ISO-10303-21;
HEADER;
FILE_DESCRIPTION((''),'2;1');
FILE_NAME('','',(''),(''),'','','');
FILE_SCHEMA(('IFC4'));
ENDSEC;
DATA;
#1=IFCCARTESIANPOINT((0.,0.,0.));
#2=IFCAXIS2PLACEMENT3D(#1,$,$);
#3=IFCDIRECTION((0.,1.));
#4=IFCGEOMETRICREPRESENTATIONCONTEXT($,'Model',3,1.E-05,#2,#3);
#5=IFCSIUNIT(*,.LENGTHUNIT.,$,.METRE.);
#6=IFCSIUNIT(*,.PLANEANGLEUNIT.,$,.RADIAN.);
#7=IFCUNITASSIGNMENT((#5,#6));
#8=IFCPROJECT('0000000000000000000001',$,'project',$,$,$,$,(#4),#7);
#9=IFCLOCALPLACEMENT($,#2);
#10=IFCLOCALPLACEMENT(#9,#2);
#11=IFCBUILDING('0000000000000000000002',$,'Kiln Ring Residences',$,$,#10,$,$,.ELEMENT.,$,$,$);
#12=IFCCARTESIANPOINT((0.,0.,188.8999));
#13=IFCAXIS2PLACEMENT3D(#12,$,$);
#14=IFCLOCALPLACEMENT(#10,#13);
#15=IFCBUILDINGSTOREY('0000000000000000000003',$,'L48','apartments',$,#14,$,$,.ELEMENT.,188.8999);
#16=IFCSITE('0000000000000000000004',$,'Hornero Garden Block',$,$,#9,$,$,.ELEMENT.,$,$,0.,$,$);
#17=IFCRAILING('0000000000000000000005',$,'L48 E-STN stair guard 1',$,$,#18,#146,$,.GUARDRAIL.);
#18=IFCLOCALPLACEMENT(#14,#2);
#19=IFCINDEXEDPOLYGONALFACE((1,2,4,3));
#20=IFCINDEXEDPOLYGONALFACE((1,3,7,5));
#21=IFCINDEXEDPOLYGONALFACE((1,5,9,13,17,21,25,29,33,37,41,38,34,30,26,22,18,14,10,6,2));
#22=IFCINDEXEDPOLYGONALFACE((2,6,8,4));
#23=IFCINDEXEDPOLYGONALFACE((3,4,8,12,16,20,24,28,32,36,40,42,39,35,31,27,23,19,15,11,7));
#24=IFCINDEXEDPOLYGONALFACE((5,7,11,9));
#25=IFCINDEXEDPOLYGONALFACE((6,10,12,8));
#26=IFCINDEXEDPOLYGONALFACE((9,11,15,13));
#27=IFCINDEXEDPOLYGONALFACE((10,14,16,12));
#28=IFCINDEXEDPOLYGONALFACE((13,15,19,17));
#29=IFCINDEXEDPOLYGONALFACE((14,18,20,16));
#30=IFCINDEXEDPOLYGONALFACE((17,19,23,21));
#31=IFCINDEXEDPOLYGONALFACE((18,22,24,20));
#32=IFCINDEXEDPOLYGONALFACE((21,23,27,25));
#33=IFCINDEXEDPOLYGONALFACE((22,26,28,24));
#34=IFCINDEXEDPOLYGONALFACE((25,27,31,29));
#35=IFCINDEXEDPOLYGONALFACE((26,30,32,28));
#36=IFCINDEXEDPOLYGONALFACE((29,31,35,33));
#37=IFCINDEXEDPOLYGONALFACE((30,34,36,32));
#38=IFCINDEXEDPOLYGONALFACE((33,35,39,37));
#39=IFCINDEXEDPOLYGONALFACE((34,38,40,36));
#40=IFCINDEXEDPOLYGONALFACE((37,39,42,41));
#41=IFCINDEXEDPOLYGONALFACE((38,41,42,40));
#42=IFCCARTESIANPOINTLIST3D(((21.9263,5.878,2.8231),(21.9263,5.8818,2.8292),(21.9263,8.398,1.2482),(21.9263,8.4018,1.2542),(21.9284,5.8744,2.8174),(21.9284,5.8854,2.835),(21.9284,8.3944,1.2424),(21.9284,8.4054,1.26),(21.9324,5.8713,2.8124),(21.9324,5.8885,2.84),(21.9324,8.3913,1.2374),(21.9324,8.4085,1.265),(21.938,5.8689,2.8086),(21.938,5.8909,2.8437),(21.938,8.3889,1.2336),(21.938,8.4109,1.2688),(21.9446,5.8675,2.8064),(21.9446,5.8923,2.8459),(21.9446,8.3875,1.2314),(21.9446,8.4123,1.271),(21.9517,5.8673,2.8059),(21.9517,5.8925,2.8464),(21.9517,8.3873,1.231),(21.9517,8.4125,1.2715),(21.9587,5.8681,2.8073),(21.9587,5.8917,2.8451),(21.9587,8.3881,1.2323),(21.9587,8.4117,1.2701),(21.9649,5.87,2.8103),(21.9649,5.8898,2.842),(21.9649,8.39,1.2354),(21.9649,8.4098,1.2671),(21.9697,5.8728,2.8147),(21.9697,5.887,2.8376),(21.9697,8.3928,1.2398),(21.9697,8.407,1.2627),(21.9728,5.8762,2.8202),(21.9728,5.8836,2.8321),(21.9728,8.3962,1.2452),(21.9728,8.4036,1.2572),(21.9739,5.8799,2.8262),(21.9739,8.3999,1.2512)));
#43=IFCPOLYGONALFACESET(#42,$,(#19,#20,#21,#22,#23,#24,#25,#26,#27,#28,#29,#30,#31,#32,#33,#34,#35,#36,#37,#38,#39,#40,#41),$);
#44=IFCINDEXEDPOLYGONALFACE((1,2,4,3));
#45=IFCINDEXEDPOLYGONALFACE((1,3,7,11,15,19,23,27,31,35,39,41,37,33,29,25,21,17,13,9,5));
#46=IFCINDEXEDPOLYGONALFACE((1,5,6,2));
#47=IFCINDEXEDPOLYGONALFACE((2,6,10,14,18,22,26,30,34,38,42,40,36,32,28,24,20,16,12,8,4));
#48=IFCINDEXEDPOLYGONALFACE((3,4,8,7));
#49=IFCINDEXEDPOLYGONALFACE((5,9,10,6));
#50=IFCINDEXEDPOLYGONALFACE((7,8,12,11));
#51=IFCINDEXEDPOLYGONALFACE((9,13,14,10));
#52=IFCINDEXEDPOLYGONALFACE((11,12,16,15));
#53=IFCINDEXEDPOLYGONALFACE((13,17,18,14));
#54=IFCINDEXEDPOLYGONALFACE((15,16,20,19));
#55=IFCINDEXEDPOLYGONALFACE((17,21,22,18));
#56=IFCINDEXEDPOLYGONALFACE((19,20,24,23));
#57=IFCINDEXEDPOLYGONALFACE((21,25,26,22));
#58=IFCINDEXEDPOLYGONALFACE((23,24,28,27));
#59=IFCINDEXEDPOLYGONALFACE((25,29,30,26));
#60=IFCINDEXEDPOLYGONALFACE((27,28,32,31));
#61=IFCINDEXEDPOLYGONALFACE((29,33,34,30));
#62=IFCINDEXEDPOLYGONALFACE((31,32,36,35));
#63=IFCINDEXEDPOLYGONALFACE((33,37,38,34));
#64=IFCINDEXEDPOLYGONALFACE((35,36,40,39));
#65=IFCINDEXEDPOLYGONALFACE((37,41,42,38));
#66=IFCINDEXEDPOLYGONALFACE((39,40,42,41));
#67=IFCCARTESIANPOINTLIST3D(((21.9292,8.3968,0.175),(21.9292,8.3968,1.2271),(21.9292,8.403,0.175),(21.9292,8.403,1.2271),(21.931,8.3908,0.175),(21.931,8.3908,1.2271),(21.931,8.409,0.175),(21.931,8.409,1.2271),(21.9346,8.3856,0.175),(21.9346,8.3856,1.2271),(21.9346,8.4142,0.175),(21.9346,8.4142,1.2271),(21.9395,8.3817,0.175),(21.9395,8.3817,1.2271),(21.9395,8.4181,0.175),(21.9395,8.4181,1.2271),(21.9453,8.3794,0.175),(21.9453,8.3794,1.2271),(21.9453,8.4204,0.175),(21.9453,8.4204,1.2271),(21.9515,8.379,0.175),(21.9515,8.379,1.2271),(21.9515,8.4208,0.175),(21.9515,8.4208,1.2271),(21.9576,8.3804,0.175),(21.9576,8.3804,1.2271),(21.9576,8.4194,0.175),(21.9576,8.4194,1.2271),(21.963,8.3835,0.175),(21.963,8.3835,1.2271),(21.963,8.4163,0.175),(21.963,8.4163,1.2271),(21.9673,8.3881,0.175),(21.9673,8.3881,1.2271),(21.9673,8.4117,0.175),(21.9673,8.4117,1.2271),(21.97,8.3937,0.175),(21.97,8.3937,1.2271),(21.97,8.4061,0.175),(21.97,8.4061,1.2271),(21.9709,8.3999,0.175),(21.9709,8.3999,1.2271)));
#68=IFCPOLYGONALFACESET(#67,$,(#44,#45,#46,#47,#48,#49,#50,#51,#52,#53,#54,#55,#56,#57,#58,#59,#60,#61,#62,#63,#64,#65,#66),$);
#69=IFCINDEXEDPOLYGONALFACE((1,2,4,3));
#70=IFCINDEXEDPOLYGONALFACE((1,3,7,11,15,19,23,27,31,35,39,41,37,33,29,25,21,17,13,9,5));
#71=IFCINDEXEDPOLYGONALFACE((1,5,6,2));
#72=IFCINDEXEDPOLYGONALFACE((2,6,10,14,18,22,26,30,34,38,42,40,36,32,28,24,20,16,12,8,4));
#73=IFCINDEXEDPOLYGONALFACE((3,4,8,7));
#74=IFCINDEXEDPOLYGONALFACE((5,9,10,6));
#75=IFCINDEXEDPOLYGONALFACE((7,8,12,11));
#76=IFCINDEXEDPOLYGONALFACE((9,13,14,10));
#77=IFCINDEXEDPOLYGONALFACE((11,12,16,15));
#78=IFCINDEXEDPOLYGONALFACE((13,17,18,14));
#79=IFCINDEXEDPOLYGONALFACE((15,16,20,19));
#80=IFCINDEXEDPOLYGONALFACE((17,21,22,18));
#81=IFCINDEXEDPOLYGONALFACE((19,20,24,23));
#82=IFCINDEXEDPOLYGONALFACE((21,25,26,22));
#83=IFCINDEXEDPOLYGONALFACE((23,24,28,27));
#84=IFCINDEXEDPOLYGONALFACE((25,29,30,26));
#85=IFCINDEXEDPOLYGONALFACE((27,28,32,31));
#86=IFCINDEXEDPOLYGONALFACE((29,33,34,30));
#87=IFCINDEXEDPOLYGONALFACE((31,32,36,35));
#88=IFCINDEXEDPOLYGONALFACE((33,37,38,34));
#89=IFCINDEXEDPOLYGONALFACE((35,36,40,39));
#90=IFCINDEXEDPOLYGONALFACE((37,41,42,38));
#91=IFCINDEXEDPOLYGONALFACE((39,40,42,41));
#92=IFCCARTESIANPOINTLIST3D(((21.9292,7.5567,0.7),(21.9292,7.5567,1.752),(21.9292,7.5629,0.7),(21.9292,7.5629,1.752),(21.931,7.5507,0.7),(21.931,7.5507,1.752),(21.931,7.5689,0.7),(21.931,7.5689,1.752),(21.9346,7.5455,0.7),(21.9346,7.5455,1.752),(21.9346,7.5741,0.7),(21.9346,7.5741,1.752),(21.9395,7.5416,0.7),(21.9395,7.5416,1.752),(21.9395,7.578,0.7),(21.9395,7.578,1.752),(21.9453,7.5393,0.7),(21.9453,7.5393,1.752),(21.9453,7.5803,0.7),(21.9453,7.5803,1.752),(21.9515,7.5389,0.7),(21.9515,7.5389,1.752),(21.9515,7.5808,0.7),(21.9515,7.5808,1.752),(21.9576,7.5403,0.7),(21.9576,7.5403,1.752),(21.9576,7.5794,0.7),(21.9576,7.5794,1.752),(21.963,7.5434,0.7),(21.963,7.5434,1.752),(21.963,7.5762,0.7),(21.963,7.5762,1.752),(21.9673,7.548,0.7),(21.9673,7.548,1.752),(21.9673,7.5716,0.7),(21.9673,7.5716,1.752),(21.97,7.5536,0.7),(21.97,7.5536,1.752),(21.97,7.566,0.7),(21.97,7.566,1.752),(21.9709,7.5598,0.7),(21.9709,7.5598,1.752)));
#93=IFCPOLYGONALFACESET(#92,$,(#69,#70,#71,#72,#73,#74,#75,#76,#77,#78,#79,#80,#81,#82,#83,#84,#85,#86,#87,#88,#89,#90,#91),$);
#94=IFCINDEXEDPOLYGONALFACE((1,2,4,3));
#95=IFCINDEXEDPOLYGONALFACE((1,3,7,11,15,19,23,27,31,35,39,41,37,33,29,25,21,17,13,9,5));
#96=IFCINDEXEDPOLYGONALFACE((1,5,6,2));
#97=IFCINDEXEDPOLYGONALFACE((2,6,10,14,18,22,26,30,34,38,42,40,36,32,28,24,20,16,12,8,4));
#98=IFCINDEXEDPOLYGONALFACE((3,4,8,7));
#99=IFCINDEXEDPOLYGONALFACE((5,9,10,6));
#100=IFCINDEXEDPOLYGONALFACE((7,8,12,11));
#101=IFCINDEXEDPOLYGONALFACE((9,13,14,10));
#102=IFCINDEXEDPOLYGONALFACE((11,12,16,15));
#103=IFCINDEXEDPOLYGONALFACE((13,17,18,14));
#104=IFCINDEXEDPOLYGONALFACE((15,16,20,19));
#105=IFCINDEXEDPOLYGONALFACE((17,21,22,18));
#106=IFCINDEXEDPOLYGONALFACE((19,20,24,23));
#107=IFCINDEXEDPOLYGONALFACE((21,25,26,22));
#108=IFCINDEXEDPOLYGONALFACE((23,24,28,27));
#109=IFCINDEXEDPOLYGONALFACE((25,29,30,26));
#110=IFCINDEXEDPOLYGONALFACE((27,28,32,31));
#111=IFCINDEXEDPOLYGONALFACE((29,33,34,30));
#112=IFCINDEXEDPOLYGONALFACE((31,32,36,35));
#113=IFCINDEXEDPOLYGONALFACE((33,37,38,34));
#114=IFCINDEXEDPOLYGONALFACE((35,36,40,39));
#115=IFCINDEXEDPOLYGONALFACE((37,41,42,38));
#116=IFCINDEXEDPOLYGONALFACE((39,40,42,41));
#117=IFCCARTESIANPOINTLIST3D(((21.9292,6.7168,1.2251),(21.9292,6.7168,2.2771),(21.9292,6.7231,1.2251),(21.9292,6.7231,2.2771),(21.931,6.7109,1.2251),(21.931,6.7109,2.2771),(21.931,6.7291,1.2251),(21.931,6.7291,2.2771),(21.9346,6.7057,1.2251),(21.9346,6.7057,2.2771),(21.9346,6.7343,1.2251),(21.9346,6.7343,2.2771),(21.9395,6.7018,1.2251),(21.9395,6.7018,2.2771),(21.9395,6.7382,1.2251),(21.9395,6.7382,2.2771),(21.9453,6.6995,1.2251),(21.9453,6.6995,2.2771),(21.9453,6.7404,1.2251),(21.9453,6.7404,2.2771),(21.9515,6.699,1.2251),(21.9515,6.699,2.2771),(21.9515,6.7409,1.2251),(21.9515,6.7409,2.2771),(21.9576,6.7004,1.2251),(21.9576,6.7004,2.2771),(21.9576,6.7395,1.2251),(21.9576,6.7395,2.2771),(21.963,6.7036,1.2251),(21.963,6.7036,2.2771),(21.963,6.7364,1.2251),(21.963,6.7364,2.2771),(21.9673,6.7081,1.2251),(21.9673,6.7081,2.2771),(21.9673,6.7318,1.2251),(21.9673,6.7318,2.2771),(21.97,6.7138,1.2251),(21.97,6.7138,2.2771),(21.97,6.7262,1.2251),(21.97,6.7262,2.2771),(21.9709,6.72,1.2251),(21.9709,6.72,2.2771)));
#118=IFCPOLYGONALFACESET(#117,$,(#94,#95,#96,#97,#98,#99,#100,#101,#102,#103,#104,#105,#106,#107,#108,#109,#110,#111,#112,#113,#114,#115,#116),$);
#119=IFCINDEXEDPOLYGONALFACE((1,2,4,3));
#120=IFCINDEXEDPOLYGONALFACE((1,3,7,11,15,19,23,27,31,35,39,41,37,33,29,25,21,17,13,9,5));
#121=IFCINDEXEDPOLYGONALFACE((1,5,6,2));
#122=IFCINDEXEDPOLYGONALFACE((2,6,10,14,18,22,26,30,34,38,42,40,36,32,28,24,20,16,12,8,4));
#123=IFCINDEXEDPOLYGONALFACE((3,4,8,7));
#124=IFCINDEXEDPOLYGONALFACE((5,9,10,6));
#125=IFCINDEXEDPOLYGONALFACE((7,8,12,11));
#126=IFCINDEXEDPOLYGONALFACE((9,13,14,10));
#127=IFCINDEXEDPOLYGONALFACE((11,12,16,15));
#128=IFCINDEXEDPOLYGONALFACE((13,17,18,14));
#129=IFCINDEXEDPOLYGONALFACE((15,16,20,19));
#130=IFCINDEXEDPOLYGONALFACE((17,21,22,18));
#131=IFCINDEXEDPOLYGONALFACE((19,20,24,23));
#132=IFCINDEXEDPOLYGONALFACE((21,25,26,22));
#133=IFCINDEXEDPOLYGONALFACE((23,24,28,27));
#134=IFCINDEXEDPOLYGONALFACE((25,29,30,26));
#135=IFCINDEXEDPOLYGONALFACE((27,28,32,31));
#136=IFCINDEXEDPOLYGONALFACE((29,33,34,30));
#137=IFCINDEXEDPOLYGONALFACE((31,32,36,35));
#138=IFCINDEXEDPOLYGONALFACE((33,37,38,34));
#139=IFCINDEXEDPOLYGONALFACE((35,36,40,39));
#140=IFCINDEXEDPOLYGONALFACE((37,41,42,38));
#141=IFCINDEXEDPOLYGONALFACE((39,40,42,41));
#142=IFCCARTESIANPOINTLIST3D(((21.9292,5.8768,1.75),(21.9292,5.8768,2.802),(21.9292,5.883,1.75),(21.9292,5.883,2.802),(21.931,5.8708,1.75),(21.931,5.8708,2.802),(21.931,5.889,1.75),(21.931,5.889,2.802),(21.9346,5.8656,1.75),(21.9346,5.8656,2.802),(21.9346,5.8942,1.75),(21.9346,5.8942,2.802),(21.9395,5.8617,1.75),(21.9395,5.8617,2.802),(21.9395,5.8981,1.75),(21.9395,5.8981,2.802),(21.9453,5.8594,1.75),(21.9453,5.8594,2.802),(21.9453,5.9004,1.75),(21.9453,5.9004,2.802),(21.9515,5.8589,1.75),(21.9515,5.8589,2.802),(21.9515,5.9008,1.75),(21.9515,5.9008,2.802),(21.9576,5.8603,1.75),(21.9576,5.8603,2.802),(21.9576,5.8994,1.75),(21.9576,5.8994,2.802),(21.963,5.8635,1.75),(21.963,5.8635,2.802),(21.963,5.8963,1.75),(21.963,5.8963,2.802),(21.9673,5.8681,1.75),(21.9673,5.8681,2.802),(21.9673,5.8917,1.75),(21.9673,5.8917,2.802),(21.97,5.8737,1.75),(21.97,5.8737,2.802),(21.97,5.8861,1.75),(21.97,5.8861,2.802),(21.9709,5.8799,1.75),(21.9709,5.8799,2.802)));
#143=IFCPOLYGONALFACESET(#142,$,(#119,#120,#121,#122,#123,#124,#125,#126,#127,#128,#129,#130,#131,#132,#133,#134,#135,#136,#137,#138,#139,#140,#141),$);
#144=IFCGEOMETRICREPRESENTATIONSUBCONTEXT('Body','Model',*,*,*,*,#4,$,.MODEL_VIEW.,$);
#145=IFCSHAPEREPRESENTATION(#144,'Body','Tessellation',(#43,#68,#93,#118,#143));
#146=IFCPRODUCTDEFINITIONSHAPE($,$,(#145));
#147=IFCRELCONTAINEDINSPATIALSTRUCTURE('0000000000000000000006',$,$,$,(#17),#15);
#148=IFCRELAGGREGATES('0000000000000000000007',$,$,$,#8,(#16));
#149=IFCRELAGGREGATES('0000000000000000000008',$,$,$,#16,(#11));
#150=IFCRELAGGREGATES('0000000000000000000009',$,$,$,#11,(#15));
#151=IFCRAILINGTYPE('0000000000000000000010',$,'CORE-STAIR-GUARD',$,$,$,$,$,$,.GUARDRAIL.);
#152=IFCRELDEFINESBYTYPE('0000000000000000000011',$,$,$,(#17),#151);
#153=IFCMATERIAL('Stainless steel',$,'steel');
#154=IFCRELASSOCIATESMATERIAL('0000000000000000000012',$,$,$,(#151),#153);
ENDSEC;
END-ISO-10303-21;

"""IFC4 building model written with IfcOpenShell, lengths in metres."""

from ifc_helpers import new_model, si_unit, direction, frame, origin, origin_2d, place, context, subcontext, project, spatial, circle, extrude, material, type_object, element, save


model = new_model("IFC4")

# Units and contexts
model_context = context("Model", 3, precision=1e-05, world=origin(), true_north=direction((0.0, 1.0)))
body_context = subcontext(model_context, "Body", "Model", "MODEL_VIEW")
ifc_project = project(units=[si_unit("LENGTHUNIT", "METRE"), si_unit("PLANEANGLEUNIT", "RADIAN")], contexts=[model_context])

# Site, building, storey
site_placement = place(None, origin())
site = spatial("IfcSite", under=ifc_project, at=site_placement, Name="Hornero Garden Block", CompositionType="ELEMENT", RefElevation=0.0)
building_placement = place(site_placement, origin())
building = spatial("IfcBuilding", under=site, at=building_placement, Name="Kiln Ring Residences", CompositionType="ELEMENT")
storey_placement = place(building_placement, frame((0.0, 0.0, 188.8999)))
storey = spatial("IfcBuildingStorey", under=building, at=storey_placement, Name="L48", Description="apartments", CompositionType="ELEMENT", Elevation=188.8999)

# Railing
ifc_material_1 = material(Name="Stainless steel", Category="steel")
railing_type_1 = type_object("IfcRailingType", Name="CORE-STAIR-GUARD", PredefinedType="GUARDRAIL", material=ifc_material_1)
railing_1_placement = place(storey_placement, frame((21.95, 8.3999, 0.175)))
element("IfcRailing", 1, at=railing_1_placement, inside=storey, type_object=railing_type_1, Name="L48 E-STN stair guard 1", PredefinedType="GUARDRAIL", context=body_context, shape_type="SweptSolid", body=[
    extrude(circle(Radius=0.0239, at=origin_2d()), frame((0.0, 0.0, 1.0762), z_axis=(0.0, -0.848008, 0.529984), x_axis=(1.0, 0.0, 0.0)), (0.0, 0.0, 1.0), 2.9717),
    extrude(circle(Radius=0.021, at=origin_2d()), origin(), (0.0, 0.0, 1.0), 1.052),
    extrude(circle(Radius=0.021, at=origin_2d()), frame((0.0, -0.8401, 0.5249)), (0.0, 0.0, 1.0), 1.052),
    extrude(circle(Radius=0.021, at=origin_2d()), frame((0.0, -1.6799, 1.05)), (0.0, 0.0, 1.0), 1.052),
    extrude(circle(Radius=0.021, at=origin_2d()), frame((0.0, -2.52, 1.575)), (0.0, 0.0, 1.0), 1.052),
])

save(model, "model.ifc")
